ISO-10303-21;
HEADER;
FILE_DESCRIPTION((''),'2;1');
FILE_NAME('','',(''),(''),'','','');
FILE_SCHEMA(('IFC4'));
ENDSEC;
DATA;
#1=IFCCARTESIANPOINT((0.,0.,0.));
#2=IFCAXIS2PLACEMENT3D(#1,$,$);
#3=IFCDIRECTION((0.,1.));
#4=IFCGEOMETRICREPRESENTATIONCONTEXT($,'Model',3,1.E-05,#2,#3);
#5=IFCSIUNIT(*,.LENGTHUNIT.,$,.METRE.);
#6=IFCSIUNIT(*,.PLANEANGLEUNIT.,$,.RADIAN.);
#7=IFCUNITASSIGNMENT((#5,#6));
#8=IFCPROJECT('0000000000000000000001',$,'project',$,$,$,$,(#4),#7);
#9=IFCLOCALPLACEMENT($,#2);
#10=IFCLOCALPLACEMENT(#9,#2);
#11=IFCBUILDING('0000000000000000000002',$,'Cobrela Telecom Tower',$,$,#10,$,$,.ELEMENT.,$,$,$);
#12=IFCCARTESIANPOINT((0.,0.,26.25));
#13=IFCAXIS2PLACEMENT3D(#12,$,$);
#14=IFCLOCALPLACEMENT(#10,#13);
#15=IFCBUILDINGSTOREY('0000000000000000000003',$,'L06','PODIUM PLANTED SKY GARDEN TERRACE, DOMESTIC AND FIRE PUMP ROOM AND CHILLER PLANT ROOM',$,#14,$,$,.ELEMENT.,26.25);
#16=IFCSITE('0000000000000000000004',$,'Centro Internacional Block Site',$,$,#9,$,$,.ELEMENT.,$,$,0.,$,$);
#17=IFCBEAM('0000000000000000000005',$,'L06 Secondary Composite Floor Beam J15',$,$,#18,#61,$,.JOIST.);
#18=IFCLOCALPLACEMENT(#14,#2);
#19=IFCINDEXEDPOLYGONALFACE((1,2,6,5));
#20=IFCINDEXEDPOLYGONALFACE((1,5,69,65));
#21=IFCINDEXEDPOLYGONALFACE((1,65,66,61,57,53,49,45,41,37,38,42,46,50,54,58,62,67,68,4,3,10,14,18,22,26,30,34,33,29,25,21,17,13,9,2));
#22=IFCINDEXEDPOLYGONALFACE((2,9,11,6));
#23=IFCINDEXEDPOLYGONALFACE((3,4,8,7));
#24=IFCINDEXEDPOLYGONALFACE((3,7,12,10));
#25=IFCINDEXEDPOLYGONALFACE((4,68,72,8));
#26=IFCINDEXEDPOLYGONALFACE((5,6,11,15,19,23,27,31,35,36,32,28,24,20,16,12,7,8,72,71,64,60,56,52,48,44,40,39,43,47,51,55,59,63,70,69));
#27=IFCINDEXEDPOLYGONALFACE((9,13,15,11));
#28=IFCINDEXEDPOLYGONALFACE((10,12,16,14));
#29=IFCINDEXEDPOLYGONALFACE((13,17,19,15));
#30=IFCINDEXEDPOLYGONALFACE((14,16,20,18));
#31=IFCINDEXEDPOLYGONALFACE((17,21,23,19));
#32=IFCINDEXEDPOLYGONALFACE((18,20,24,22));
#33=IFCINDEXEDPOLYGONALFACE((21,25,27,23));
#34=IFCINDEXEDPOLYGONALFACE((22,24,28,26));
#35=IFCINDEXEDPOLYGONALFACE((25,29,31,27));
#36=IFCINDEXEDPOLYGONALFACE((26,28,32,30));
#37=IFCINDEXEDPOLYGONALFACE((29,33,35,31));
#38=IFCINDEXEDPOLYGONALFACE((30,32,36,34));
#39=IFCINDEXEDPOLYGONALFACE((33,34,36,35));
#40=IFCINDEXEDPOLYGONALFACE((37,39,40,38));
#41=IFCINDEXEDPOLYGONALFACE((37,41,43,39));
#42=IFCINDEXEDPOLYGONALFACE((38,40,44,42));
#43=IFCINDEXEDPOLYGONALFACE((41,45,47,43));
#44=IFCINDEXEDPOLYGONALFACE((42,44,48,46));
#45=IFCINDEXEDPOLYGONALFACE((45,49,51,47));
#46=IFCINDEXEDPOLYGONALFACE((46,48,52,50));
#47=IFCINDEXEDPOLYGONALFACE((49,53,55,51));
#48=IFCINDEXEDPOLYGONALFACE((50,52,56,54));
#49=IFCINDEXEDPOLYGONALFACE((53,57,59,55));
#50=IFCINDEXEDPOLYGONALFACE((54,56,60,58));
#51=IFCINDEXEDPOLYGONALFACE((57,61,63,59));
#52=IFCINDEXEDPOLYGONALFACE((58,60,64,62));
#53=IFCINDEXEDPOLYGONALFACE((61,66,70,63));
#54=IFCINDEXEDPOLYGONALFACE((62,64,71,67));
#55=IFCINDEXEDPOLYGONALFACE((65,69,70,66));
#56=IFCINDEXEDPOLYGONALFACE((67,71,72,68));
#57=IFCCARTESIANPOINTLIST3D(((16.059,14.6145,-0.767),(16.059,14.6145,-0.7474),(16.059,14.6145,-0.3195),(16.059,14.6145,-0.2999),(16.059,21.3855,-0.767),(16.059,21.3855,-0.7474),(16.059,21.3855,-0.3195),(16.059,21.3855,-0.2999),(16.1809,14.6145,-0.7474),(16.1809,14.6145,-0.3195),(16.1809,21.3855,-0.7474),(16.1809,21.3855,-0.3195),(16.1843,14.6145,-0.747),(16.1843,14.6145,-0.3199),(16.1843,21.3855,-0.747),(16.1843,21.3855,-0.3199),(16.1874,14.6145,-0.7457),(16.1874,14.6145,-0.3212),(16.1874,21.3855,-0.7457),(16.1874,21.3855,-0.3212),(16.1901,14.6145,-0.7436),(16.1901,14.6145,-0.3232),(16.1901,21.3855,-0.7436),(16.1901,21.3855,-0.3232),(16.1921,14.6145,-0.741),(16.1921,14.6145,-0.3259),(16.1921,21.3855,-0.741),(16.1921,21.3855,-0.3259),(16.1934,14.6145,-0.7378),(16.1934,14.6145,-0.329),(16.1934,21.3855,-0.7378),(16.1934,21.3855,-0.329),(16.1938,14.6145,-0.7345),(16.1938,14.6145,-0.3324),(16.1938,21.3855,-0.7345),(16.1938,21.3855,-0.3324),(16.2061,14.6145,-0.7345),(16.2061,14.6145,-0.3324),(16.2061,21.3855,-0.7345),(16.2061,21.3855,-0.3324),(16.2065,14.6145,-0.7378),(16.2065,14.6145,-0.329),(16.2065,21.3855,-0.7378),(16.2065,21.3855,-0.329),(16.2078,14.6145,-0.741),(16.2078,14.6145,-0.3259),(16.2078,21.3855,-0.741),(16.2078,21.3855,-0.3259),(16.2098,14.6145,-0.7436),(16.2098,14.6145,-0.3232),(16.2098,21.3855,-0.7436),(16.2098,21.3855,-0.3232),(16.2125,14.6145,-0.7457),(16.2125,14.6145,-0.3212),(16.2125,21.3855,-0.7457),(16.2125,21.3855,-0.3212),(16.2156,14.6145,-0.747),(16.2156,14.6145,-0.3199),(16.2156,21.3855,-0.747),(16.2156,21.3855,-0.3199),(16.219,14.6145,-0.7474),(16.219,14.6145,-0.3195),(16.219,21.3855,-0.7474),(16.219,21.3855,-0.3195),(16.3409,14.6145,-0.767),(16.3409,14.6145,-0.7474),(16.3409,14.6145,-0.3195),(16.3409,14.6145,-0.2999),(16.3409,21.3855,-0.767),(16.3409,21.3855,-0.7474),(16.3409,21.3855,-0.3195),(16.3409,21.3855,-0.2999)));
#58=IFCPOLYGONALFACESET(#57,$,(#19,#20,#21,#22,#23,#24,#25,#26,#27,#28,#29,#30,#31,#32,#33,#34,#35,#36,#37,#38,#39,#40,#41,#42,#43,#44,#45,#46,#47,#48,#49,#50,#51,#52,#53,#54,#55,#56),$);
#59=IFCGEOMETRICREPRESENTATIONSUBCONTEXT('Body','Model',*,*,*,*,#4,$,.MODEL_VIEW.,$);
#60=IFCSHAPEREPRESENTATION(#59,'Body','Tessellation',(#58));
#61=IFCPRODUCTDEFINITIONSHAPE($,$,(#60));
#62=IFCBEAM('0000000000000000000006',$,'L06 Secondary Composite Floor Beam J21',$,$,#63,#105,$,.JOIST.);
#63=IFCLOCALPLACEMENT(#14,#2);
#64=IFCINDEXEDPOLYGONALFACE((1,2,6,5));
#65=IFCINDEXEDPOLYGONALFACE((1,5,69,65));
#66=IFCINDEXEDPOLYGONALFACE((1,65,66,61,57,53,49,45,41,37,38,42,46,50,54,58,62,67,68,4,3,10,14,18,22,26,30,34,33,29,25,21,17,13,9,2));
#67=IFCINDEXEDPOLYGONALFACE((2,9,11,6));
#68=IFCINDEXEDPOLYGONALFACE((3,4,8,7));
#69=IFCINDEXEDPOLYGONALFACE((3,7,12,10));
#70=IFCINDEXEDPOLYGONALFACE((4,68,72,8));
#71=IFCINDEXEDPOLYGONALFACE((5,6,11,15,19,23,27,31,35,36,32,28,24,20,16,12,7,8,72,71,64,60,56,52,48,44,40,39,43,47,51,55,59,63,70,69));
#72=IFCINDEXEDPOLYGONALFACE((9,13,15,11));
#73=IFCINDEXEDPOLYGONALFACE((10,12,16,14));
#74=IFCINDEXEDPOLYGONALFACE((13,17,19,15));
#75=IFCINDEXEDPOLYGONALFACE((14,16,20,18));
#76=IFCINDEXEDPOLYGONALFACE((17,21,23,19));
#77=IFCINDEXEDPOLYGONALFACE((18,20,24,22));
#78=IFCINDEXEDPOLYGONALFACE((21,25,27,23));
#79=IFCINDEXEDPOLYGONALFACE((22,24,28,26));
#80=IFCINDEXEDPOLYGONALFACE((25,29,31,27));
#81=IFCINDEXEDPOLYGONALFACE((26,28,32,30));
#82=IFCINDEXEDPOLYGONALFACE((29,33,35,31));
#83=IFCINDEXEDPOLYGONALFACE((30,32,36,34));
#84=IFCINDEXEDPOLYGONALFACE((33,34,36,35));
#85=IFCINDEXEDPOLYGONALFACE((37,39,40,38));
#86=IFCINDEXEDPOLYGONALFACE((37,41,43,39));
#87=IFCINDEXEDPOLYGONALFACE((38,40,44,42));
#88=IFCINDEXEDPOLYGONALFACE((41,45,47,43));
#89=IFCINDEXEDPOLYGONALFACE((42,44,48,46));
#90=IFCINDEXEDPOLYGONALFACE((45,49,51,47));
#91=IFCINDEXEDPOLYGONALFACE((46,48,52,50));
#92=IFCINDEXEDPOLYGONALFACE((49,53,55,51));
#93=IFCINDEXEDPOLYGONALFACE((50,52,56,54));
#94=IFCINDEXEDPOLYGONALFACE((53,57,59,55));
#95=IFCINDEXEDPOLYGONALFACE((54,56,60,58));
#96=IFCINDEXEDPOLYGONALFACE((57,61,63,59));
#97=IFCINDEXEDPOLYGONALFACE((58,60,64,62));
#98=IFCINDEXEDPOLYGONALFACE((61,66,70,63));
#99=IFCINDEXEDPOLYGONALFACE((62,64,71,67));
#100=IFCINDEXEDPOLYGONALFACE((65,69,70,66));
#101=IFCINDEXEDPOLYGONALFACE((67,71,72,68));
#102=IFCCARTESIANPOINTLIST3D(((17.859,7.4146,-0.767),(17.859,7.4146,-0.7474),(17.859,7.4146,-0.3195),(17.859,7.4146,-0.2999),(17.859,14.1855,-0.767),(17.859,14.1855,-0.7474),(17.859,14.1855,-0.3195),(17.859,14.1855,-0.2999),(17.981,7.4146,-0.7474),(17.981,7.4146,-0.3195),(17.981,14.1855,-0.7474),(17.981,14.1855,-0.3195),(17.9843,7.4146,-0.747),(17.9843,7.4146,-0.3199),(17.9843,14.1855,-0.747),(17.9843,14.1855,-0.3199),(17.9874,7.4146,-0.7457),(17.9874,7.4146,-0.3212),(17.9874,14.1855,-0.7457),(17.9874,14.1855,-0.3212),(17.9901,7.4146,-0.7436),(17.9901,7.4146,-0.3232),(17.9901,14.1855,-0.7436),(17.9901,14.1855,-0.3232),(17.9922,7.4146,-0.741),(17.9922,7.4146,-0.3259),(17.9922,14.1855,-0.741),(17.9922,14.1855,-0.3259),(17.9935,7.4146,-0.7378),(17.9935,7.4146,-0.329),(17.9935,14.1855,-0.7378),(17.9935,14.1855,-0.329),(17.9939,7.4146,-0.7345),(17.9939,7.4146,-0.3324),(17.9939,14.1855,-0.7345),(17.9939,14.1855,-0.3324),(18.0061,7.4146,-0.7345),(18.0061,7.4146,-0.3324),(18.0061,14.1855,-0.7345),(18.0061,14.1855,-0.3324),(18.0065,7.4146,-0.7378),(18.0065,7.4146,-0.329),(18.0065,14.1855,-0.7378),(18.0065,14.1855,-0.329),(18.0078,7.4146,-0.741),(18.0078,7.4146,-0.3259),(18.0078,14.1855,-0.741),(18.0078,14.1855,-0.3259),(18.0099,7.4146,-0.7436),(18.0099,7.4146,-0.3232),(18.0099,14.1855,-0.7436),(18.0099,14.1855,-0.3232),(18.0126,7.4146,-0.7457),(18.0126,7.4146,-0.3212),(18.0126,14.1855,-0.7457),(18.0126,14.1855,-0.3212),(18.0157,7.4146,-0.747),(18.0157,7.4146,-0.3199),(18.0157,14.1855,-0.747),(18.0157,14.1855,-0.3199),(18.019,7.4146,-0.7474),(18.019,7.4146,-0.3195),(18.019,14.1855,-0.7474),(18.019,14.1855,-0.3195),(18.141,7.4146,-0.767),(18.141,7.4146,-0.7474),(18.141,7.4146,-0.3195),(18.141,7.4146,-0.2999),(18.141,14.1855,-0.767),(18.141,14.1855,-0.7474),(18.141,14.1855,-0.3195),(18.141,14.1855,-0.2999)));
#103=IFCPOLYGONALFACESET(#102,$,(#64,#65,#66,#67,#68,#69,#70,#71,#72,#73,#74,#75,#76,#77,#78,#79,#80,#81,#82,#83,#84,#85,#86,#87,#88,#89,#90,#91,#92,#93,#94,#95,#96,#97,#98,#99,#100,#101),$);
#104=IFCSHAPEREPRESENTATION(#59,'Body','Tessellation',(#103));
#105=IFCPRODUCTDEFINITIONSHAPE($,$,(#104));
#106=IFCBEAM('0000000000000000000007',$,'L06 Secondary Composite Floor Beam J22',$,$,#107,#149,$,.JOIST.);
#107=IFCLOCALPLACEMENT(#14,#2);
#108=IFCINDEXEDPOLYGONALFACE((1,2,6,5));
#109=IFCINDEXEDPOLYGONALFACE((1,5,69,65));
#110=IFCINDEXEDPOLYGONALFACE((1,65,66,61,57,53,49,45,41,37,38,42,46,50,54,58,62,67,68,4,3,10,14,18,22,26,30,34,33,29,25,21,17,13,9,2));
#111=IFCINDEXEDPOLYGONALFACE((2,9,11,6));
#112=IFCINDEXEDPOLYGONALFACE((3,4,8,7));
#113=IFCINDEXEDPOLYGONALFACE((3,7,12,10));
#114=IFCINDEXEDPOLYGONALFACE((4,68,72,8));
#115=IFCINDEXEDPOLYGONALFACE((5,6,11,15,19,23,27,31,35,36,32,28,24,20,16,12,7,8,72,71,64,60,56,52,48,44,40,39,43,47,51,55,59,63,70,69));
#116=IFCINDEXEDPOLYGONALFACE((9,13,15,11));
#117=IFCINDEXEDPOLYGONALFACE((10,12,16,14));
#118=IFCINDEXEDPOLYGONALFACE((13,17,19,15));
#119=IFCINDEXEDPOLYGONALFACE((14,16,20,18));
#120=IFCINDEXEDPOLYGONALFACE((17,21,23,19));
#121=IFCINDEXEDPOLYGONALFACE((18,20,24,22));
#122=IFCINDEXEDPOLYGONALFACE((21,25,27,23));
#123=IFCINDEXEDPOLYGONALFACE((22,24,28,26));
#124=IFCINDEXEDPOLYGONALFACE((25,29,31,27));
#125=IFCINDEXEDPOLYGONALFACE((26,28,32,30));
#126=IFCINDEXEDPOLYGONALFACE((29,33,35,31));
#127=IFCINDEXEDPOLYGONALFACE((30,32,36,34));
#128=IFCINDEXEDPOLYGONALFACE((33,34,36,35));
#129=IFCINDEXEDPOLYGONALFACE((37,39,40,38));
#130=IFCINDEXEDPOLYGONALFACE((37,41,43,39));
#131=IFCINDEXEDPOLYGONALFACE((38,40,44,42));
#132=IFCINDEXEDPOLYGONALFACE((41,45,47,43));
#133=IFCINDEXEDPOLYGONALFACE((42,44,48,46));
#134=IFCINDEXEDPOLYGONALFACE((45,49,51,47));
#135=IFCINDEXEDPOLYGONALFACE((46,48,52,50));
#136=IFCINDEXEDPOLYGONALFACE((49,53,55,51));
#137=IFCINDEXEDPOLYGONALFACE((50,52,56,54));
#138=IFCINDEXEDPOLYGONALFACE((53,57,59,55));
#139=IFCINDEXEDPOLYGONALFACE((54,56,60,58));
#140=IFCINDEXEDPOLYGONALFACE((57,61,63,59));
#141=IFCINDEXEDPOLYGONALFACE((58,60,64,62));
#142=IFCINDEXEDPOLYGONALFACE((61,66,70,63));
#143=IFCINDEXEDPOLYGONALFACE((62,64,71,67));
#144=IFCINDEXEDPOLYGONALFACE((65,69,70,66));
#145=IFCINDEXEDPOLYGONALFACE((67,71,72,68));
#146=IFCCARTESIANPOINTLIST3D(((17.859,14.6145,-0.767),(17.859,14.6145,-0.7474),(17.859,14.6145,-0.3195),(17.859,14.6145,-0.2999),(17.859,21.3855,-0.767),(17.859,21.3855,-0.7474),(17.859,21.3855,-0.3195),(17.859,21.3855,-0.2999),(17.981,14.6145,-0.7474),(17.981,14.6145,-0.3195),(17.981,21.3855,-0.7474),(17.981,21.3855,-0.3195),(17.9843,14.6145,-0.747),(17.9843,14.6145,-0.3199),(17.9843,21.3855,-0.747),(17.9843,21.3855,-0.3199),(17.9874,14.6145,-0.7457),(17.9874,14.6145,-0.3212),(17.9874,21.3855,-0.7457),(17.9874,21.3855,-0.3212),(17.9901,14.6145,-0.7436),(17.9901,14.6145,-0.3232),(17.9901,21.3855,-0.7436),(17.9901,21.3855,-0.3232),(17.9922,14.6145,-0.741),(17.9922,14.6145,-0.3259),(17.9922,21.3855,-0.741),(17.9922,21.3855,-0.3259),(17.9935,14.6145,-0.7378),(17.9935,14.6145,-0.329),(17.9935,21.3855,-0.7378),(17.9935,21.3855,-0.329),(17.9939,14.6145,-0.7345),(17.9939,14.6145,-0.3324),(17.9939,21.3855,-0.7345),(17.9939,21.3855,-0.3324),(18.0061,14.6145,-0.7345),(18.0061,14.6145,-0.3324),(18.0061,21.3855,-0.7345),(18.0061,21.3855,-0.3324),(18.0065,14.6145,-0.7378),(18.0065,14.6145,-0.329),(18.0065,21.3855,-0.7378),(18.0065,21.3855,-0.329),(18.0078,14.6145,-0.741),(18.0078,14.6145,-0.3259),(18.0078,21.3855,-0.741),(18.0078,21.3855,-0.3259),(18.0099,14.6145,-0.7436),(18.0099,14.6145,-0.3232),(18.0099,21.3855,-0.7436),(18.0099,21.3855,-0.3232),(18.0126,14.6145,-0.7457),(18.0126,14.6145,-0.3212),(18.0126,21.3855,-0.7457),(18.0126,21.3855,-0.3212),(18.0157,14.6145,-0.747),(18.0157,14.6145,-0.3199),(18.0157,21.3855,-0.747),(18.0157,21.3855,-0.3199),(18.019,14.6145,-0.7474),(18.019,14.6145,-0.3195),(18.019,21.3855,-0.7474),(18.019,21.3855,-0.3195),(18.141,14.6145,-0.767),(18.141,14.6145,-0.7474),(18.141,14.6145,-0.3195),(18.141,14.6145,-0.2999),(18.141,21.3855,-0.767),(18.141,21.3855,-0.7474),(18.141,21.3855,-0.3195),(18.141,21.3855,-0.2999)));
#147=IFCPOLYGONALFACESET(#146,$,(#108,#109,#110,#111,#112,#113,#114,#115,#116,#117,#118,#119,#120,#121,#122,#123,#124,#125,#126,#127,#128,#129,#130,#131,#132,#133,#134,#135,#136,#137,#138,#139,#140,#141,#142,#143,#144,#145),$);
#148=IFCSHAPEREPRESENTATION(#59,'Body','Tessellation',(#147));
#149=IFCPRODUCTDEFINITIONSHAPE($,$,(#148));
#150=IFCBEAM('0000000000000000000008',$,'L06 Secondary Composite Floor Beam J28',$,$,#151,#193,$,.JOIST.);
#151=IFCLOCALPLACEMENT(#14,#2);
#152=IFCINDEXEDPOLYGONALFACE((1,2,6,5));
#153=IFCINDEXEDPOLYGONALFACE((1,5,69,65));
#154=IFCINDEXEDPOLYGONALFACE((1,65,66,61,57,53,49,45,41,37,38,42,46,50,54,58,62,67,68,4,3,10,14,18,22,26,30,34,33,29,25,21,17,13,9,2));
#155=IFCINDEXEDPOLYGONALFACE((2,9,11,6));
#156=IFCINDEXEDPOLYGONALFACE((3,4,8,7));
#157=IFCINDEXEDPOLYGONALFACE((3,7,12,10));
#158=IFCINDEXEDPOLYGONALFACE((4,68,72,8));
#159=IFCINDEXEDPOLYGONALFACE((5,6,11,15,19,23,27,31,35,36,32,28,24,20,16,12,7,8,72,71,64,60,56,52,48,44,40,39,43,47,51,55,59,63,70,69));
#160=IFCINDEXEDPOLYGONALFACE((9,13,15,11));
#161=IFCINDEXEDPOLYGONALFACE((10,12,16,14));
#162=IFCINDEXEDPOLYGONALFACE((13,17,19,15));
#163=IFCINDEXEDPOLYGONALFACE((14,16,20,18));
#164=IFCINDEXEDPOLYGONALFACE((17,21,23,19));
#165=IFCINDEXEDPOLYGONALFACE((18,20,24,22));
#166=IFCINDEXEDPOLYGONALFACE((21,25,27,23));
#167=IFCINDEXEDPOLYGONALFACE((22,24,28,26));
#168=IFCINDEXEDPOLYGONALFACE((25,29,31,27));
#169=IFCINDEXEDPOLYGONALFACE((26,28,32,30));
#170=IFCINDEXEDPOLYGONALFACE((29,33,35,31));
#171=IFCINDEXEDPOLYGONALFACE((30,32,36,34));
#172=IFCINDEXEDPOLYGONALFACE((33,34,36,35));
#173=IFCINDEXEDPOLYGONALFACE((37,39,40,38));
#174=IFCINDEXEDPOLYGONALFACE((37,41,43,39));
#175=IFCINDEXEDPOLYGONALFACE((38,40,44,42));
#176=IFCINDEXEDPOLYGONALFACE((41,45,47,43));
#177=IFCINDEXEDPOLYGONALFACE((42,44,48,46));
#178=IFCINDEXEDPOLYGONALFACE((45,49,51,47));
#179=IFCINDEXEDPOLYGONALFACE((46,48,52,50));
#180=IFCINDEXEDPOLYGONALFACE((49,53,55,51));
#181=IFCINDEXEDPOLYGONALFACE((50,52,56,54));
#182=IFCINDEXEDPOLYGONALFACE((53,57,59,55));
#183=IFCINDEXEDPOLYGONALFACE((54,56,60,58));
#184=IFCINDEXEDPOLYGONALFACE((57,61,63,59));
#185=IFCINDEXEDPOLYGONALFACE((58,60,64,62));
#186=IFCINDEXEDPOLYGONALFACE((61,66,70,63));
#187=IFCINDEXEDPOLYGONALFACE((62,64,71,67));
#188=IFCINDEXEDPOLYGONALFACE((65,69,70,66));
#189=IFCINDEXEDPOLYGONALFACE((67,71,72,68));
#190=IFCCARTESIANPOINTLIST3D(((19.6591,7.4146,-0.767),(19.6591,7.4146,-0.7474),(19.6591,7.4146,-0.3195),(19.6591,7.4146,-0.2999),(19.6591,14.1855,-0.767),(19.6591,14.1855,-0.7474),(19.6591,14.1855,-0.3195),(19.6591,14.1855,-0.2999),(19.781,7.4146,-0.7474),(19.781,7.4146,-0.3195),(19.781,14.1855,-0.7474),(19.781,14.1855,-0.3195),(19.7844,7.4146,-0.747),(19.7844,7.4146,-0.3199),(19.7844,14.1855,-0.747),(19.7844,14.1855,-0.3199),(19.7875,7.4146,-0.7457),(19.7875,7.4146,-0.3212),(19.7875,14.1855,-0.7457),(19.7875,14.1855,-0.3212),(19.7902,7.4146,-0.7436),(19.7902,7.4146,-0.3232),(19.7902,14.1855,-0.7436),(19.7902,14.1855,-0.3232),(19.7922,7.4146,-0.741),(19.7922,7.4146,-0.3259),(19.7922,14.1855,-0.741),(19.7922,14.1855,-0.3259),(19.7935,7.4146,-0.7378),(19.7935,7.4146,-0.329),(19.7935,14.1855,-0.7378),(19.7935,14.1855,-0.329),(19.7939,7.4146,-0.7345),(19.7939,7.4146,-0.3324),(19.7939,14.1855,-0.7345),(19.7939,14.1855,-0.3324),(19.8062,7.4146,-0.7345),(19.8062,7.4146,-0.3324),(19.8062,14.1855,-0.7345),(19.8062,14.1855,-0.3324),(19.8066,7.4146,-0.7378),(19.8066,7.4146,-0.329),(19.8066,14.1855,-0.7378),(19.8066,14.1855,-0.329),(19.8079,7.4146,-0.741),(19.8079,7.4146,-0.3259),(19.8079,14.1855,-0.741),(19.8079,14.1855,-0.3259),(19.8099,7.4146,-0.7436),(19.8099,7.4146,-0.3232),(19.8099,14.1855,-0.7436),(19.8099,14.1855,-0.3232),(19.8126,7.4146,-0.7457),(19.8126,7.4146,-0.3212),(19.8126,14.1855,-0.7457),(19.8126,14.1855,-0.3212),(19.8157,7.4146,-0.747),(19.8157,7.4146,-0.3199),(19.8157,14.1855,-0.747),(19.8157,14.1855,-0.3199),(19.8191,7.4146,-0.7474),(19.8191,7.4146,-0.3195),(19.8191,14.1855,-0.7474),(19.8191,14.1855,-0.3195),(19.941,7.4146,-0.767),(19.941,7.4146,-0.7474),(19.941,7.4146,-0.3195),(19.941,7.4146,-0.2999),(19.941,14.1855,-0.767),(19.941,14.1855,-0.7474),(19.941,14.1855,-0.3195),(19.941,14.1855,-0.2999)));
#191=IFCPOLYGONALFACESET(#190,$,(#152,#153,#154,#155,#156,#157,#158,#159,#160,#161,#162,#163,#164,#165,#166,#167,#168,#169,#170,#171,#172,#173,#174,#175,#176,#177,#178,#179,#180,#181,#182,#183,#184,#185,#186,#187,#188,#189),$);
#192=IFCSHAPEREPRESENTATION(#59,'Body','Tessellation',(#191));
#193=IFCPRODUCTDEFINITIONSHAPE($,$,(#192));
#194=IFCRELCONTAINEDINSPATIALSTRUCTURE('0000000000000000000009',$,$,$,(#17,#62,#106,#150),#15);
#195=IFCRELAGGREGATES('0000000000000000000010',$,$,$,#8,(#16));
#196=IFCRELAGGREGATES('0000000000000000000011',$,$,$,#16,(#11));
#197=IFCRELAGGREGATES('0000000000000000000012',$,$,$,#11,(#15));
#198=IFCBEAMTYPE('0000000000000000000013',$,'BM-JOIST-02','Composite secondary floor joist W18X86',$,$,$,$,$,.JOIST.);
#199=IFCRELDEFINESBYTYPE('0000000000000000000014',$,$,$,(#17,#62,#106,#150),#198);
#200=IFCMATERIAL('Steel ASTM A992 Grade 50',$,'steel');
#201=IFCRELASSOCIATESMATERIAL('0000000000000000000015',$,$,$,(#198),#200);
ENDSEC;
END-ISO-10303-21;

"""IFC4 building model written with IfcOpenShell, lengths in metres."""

from ifc_helpers import new_model, si_unit, direction, frame, origin, origin_2d, place, context, subcontext, project, spatial, i_section, extrude, material, material_profile, profile_set, type_object, element, save


model = new_model("IFC4")

# Units and contexts
model_context = context("Model", 3, precision=1e-05, world=origin(), true_north=direction((0.0, 1.0)))
body_context = subcontext(model_context, "Body", "Model", "MODEL_VIEW")
ifc_project = project(units=[si_unit("LENGTHUNIT", "METRE"), si_unit("PLANEANGLEUNIT", "RADIAN")], contexts=[model_context])

# Site, building, storey
site_placement = place(None, origin())
site = spatial("IfcSite", under=ifc_project, at=site_placement, Name="Centro Internacional Block Site", CompositionType="ELEMENT", RefElevation=0.0)
building_placement = place(site_placement, origin())
building = spatial("IfcBuilding", under=site, at=building_placement, Name="Cobrela Telecom Tower", CompositionType="ELEMENT")
storey_placement = place(building_placement, frame((0.0, 0.0, 26.25)))
storey = spatial("IfcBuildingStorey", under=building, at=storey_placement, Name="L06", Description="PODIUM PLANTED SKY GARDEN TERRACE, DOMESTIC AND FIRE PUMP ROOM AND CHILLER PLANT ROOM", CompositionType="ELEMENT", Elevation=26.25)

# Beams
ifc_material_1 = material(Name="Steel ASTM A992 Grade 50", Category="steel")
ifc_material_profile_1 = material_profile(ifc_material_1, i_section(OverallWidth=0.282, OverallDepth=0.467, WebThickness=0.0122, FlangeThickness=0.0195, FilletRadius=0.0129, at=origin_2d()), Name="W18X86")
ifc_profile_set_1 = profile_set([ifc_material_profile_1], Name="Steel ASTM A992 Grade 50")
beam_type_1 = type_object("IfcBeamType", Name="BM-JOIST-02", Description="Composite secondary floor joist W18X86", PredefinedType="JOIST", material=ifc_profile_set_1)
for number, where, z_axis, x_axis, name in (
    (1, (16.2, 14.6145, -0.5334), (0.0, 1.0, 0.0), (-1.0, 0.0, 0.0), "L06 Secondary Composite Floor Beam J15"),
    (2, (18.0, 7.4146, -0.5334), (0.0, 1.0, 0.0), (-1.0, 0.0, 0.0), "L06 Secondary Composite Floor Beam J21"),
    (3, (18.0, 14.6145, -0.5334), (0.0, 1.0, 0.0), (-1.0, 0.0, 0.0), "L06 Secondary Composite Floor Beam J22"),
    (4, (19.8, 7.4146, -0.5334), (0.0, 1.0, 0.0), (-1.0, 0.0, 0.0), "L06 Secondary Composite Floor Beam J28"),
):
    element("IfcBeam", number, at=place(storey_placement, frame(where, z_axis=z_axis, x_axis=x_axis)), inside=storey, type_object=beam_type_1, Name=name, PredefinedType="JOIST", context=body_context, shape_type="SweptSolid", body=[
        extrude(i_section(OverallWidth=0.282, OverallDepth=0.467, WebThickness=0.0122, FlangeThickness=0.0195, FilletRadius=0.0129, at=origin_2d()), origin(), (0.0, 0.0, 1.0), 6.771),
    ])

save(model, "model.ifc")
